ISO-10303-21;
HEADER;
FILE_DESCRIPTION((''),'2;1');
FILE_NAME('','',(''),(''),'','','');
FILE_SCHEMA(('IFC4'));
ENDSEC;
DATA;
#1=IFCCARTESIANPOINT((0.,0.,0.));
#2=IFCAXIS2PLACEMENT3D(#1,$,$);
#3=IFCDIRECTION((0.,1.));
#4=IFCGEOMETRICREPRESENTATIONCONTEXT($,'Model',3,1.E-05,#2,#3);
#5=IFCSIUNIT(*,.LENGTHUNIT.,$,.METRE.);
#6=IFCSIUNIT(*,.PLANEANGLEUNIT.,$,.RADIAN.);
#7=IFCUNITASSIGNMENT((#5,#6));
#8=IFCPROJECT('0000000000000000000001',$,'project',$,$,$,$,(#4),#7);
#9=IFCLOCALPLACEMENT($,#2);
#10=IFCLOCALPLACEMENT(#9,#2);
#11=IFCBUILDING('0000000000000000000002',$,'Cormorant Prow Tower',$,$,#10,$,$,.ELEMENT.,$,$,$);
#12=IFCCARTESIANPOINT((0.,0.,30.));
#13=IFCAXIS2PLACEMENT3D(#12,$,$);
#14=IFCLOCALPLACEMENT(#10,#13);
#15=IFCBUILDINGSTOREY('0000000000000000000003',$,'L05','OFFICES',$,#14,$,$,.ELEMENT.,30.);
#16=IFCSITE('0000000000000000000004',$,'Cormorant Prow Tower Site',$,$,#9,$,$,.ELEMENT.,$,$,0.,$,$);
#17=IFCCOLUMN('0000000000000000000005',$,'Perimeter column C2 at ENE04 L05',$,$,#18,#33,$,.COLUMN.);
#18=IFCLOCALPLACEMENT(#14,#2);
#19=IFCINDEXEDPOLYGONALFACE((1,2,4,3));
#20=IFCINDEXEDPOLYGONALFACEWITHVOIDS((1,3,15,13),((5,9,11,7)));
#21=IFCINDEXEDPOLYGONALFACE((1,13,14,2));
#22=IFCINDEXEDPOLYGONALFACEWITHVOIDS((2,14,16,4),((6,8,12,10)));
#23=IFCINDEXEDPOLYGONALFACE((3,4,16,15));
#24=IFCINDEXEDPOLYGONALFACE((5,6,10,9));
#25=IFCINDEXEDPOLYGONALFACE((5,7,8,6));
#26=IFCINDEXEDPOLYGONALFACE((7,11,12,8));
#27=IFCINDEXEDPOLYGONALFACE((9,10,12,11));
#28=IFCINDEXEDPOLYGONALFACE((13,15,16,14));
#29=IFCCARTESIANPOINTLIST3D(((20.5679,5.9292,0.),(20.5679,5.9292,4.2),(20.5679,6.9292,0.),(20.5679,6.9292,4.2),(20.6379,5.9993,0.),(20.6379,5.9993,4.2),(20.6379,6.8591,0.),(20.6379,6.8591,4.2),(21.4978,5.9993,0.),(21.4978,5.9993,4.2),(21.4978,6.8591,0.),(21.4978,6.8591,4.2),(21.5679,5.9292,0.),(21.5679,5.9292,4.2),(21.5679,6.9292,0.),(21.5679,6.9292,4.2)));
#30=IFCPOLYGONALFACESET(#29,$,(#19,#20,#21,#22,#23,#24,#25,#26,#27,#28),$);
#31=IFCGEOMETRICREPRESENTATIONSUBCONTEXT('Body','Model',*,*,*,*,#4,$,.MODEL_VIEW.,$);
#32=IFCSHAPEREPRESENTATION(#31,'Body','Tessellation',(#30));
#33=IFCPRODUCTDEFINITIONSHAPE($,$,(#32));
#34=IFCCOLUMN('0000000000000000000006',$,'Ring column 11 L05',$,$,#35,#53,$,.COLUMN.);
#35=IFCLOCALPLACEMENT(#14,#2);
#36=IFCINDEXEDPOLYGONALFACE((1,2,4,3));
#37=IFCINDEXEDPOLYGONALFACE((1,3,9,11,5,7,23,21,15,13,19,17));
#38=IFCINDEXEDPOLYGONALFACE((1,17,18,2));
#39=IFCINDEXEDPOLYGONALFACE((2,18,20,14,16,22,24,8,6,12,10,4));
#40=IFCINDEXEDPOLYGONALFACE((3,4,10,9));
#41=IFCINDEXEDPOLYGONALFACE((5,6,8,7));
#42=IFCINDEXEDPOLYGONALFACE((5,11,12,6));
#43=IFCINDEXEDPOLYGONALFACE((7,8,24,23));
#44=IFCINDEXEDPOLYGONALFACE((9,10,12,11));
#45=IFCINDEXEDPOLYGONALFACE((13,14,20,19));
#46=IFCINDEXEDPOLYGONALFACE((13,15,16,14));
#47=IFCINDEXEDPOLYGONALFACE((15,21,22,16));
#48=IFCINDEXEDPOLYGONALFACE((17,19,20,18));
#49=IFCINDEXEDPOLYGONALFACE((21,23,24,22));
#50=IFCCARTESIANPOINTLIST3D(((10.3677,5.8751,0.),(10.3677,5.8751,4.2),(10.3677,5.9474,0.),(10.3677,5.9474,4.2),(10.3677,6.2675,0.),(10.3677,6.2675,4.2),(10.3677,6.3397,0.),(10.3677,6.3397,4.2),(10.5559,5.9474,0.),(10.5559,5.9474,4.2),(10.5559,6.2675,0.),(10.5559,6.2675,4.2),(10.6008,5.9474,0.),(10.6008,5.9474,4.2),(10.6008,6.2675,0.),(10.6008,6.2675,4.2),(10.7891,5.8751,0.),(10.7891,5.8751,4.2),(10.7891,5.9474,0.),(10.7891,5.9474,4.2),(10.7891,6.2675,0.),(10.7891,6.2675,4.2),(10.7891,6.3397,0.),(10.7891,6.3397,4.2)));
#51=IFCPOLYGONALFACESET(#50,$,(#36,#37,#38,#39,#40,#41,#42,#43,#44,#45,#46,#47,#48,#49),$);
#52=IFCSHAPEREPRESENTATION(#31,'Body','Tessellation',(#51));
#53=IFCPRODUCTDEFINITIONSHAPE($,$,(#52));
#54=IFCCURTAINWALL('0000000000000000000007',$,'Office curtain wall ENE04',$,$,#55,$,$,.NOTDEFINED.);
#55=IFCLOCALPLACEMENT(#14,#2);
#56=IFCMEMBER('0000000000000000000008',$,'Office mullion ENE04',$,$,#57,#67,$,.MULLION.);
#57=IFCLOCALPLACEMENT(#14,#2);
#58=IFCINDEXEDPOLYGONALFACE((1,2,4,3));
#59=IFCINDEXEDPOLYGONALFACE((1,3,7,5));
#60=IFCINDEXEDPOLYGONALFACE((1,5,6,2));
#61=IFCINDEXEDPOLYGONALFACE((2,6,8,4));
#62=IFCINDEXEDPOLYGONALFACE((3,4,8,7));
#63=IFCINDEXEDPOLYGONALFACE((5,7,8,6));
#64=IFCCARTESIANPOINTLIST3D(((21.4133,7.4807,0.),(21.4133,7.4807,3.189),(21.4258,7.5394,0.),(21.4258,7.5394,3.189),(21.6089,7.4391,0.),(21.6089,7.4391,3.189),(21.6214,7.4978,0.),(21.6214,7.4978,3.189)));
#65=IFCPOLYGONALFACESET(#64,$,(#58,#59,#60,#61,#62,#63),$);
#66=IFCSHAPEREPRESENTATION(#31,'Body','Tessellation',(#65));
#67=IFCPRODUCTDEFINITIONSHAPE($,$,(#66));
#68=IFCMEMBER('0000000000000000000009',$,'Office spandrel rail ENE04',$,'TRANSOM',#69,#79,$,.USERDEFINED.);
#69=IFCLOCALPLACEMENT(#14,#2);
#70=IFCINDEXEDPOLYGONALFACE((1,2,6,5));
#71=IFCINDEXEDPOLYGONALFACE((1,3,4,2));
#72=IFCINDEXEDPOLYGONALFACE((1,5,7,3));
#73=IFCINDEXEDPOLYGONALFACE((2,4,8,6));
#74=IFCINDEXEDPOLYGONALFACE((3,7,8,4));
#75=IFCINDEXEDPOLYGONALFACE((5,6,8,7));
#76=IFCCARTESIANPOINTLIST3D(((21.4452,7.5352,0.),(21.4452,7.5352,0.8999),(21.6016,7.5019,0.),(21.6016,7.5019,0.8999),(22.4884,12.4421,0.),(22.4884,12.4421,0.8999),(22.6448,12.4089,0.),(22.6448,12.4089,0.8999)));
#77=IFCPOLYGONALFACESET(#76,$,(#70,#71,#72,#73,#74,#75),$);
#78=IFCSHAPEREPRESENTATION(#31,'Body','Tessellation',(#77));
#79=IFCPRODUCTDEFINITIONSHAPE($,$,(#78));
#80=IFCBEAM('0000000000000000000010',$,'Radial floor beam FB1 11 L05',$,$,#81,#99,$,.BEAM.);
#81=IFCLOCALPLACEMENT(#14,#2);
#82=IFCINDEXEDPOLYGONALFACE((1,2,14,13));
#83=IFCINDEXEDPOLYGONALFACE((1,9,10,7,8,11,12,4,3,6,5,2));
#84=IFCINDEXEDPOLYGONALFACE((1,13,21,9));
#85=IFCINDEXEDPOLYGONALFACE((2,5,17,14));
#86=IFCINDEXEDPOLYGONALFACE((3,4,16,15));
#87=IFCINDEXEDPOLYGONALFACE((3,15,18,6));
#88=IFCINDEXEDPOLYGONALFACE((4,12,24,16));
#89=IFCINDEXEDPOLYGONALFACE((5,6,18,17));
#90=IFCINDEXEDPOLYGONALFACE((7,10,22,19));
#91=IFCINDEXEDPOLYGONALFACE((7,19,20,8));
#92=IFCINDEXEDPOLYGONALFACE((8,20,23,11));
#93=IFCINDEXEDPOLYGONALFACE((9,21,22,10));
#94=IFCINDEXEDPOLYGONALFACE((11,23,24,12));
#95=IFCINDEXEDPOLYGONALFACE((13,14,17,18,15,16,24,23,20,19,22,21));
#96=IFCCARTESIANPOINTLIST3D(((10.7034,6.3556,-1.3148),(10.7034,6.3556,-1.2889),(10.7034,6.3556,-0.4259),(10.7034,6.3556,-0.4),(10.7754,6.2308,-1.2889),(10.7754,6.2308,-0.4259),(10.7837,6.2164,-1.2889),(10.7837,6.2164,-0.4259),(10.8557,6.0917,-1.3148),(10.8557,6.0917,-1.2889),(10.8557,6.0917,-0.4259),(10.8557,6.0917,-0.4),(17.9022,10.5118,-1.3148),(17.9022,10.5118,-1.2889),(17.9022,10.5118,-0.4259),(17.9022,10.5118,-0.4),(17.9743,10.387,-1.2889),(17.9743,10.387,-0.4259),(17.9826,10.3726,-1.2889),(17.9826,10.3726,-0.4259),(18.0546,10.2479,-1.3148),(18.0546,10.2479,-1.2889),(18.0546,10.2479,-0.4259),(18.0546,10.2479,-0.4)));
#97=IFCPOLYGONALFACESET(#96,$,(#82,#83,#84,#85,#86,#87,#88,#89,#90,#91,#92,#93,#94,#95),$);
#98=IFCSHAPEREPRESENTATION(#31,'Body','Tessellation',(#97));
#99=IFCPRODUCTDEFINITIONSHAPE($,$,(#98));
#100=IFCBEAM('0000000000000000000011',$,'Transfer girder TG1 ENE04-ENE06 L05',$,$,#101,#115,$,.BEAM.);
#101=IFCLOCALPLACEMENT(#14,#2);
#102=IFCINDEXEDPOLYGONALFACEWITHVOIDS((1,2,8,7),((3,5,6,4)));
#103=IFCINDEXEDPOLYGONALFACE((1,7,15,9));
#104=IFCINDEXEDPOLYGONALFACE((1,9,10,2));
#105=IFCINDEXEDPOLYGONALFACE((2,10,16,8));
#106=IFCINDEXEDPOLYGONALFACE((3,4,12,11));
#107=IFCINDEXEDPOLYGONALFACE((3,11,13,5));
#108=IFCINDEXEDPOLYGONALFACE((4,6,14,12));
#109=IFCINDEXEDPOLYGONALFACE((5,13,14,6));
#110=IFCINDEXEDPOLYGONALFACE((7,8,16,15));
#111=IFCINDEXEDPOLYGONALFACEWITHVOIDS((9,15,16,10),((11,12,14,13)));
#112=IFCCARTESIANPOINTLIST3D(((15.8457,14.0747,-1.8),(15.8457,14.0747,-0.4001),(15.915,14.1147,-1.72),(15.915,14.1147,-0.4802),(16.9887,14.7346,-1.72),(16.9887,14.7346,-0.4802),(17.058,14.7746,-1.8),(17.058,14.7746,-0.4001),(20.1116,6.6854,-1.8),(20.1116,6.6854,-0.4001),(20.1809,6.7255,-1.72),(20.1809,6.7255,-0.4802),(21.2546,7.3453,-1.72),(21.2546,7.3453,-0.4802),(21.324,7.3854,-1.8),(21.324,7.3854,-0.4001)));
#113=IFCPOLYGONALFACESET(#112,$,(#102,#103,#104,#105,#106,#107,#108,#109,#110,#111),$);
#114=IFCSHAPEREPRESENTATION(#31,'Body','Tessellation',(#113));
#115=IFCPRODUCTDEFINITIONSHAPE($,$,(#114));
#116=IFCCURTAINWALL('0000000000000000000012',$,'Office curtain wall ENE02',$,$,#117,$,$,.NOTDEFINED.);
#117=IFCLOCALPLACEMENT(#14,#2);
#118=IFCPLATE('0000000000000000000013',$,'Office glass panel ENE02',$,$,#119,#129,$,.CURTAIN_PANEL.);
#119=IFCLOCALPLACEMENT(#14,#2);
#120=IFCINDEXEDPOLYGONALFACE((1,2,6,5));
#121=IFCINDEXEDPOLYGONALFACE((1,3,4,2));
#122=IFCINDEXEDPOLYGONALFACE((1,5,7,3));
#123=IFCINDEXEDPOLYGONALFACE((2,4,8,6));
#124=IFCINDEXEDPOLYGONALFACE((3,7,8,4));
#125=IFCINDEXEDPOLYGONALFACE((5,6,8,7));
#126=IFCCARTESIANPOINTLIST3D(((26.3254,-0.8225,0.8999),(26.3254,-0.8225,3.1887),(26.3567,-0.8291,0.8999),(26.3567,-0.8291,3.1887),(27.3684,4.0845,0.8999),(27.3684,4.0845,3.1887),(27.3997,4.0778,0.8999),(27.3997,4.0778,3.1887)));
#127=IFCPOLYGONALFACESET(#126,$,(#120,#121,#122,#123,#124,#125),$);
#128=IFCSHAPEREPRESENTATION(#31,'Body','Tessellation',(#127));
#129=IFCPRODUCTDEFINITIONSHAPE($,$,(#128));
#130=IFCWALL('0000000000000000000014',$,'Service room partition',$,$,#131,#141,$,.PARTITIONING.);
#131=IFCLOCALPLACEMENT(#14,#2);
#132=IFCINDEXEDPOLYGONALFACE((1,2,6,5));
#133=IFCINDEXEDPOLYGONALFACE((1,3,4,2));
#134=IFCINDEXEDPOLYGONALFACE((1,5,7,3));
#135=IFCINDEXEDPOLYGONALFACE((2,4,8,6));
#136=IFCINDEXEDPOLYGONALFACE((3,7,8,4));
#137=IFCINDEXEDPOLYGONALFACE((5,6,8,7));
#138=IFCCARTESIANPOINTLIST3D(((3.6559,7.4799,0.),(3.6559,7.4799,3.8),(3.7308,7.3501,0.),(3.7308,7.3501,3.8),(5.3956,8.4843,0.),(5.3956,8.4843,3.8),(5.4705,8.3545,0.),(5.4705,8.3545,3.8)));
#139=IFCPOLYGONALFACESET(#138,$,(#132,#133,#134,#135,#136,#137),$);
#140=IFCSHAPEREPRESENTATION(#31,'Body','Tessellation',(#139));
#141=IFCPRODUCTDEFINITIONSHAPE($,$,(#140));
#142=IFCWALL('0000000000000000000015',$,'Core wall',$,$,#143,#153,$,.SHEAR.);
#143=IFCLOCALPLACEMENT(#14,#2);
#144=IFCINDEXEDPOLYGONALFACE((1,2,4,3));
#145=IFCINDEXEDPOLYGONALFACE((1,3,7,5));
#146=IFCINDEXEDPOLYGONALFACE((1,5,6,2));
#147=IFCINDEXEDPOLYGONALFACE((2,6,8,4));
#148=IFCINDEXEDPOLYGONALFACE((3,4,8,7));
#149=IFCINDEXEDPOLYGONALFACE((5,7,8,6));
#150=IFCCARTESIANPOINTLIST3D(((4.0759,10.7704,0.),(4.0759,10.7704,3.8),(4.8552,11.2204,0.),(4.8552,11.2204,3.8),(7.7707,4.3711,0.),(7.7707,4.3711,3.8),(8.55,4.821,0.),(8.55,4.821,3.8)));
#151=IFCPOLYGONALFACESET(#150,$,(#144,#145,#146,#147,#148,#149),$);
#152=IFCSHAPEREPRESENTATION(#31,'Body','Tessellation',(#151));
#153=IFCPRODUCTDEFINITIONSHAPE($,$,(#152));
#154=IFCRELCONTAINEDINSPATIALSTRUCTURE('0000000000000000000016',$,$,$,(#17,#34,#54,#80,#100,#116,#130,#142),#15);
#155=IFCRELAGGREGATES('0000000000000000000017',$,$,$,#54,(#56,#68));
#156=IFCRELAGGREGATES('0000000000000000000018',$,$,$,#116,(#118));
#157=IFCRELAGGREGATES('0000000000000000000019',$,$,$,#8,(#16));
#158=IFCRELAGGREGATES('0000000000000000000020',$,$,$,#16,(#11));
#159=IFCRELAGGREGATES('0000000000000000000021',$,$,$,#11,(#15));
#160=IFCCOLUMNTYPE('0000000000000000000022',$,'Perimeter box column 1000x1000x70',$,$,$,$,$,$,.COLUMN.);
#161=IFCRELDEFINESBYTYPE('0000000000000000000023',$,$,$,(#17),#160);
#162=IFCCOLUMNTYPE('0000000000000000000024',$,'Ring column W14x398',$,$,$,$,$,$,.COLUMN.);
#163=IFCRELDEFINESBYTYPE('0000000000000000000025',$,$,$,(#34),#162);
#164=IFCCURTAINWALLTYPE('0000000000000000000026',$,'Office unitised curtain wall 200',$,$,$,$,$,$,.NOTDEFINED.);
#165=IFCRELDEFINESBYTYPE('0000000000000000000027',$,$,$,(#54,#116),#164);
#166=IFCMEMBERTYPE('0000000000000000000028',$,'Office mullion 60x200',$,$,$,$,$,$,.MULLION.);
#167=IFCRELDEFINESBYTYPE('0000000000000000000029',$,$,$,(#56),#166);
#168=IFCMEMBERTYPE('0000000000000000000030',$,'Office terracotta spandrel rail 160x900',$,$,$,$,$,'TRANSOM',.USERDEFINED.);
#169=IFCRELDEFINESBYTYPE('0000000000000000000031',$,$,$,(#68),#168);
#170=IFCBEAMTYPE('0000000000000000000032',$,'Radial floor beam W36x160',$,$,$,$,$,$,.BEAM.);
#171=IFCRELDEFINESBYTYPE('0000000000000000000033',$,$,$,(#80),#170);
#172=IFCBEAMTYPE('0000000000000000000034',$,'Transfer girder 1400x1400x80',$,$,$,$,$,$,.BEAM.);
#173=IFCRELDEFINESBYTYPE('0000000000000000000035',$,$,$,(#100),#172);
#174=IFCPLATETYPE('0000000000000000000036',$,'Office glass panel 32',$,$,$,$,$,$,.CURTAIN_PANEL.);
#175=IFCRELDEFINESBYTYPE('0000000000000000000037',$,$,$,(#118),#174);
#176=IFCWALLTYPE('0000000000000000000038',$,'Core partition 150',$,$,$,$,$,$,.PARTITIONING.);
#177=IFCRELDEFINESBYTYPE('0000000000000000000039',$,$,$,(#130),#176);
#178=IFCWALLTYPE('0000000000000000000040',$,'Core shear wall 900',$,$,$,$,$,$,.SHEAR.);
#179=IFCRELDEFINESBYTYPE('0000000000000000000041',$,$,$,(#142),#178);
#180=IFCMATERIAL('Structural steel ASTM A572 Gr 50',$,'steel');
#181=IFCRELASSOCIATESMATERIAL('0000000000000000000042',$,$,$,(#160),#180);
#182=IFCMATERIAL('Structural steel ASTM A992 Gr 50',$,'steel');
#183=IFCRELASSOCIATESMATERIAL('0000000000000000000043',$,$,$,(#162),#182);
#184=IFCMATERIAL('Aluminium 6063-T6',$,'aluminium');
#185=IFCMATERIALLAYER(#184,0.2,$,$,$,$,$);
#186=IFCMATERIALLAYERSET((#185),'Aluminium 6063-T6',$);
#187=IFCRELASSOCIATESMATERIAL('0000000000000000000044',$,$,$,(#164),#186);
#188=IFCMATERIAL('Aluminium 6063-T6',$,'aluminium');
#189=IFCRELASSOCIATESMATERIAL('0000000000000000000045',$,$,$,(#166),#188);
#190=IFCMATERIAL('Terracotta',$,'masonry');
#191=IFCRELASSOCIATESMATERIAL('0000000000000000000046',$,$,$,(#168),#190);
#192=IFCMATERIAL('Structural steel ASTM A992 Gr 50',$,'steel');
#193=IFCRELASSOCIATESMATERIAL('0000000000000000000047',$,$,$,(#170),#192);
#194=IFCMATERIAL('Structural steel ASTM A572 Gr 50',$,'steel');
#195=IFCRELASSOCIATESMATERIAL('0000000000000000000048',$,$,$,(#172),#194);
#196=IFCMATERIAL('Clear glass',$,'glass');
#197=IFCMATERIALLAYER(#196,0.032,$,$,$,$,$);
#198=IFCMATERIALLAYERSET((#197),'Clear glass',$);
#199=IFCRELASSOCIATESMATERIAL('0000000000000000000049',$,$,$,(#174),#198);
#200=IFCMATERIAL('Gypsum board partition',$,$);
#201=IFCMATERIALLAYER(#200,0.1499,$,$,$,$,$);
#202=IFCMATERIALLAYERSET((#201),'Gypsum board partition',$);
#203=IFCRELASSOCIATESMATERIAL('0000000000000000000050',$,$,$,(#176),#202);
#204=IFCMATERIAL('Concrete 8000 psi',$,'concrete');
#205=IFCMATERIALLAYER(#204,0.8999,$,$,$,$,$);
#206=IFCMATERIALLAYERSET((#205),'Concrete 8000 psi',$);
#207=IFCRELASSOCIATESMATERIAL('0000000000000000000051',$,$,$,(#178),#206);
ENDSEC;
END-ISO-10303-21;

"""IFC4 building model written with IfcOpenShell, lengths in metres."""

from ifc_helpers import new_model, si_unit, direction, frame, frame_2d, origin, origin_2d, place, context, subcontext, project, spatial, rectangle, hollow_rectangle, i_section, extrude, material, layer, layer_set, material_profile, profile_set, type_object, element, aggregate, save


model = new_model("IFC4")

# Units and contexts
model_context = context("Model", 3, precision=1e-05, world=origin(), true_north=direction((0.0, 1.0)))
body_context = subcontext(model_context, "Body", "Model", "MODEL_VIEW")
ifc_project = project(units=[si_unit("LENGTHUNIT", "METRE"), si_unit("PLANEANGLEUNIT", "RADIAN")], contexts=[model_context])

# Site, building, storey
site_placement = place(None, origin())
site = spatial("IfcSite", under=ifc_project, at=site_placement, Name="Cormorant Prow Tower Site", CompositionType="ELEMENT", RefElevation=0.0)
building_placement = place(site_placement, origin())
building = spatial("IfcBuilding", under=site, at=building_placement, Name="Cormorant Prow Tower", CompositionType="ELEMENT")
storey_placement = place(building_placement, frame((0.0, 0.0, 30.0)))
storey = spatial("IfcBuildingStorey", under=building, at=storey_placement, Name="L05", Description="OFFICES", CompositionType="ELEMENT", Elevation=30.0)

# Columns
ifc_material_1 = material(Name="Structural steel ASTM A572 Gr 50", Category="steel")
ifc_material_profile_1 = material_profile(ifc_material_1, hollow_rectangle(XDim=1.0, YDim=1.0, WallThickness=0.0701, at=origin_2d()), Name="Box 1000x1000x70")
ifc_profile_set_1 = profile_set([ifc_material_profile_1], Name="Structural steel ASTM A572 Gr 50")
column_type_1 = type_object("IfcColumnType", Name="Perimeter box column 1000x1000x70", PredefinedType="COLUMN", material=ifc_profile_set_1)
column_1_placement = place(storey_placement, frame((21.0679, 6.4292, 0.0), z_axis=(0.0, 0.0, 1.0), x_axis=(1.0, 0.0, 0.0)))
element("IfcColumn", 1, at=column_1_placement, inside=storey, type_object=column_type_1, Name="Perimeter column C2 at ENE04 L05", PredefinedType="COLUMN", context=body_context, shape_type="SweptSolid", body=[
    extrude(hollow_rectangle(XDim=1.0, YDim=1.0, WallThickness=0.0701, at=origin_2d()), origin(), (0.0, 0.0, 1.0), 4.2),
])
ifc_material_2 = material(Name="Structural steel ASTM A992 Gr 50", Category="steel")
ifc_material_profile_2 = material_profile(ifc_material_2, i_section(OverallWidth=0.4214, OverallDepth=0.4646, WebThickness=0.0449, FlangeThickness=0.0723, at=origin_2d()), Name="W14x398")
ifc_profile_set_2 = profile_set([ifc_material_profile_2], Name="Structural steel ASTM A992 Gr 50")
column_type_2 = type_object("IfcColumnType", Name="Ring column W14x398", PredefinedType="COLUMN", material=ifc_profile_set_2)
column_2_placement = place(storey_placement, frame((10.5784, 6.1074, 0.0), z_axis=(0.0, 0.0, 1.0), x_axis=(1.0, 0.0, 0.0)))
element("IfcColumn", 2, at=column_2_placement, inside=storey, type_object=column_type_2, Name="Ring column 11 L05", PredefinedType="COLUMN", context=body_context, shape_type="SweptSolid", body=[
    extrude(i_section(OverallWidth=0.4214, OverallDepth=0.4646, WebThickness=0.0449, FlangeThickness=0.0723, at=origin_2d()), origin(), (0.0, 0.0, 1.0), 4.2),
])

# Curtain wall, members
ifc_material_3 = material(Name="Aluminium 6063-T6", Category="aluminium")
ifc_layer_1 = layer(ifc_material_3, 0.2)
ifc_layer_set_1 = layer_set([ifc_layer_1], Name="Aluminium 6063-T6")
curtain_wall_type = type_object("IfcCurtainWallType", Name="Office unitised curtain wall 200", PredefinedType="NOTDEFINED", material=ifc_layer_set_1)
curtain_wall_1_placement = place(storey_placement, origin())
curtain_wall_1 = element("IfcCurtainWall", 3, at=curtain_wall_1_placement, inside=storey, type_object=curtain_wall_type, Name="Office curtain wall ENE04", PredefinedType="NOTDEFINED")
ifc_material_4 = material(Name="Aluminium 6063-T6", Category="aluminium")
ifc_material_profile_3 = material_profile(ifc_material_4, rectangle(XDim=0.2, YDim=0.0601, at=origin_2d()), Name="Office mullion 60x200")
ifc_profile_set_3 = profile_set([ifc_material_profile_3], Name="Aluminium 6063-T6")
member_type_1 = type_object("IfcMemberType", Name="Office mullion 60x200", PredefinedType="MULLION", material=ifc_profile_set_3)
member_1_placement = place(storey_placement, frame((21.5173, 7.4893, 0.0), z_axis=(0.0, 0.0, 1.0), x_axis=(-0.978148, 0.207912, 0.0)))
member_1 = element("IfcMember", 4, at=member_1_placement, type_object=member_type_1, Name="Office mullion ENE04", PredefinedType="MULLION", context=body_context, shape_type="SweptSolid", body=[
    extrude(rectangle(XDim=0.2, YDim=0.0601, at=origin_2d()), origin(), (0.0, 0.0, 1.0), 3.189),
])
ifc_material_5 = material(Name="Terracotta", Category="masonry")
ifc_material_profile_4 = material_profile(ifc_material_5, rectangle(XDim=0.1599, YDim=0.8999, at=origin_2d()), Name="Office terracotta spandrel rail 160x900")
ifc_profile_set_4 = profile_set([ifc_material_profile_4], Name="Terracotta")
member_type_2 = type_object("IfcMemberType", Name="Office terracotta spandrel rail 160x900", ElementType="TRANSOM", PredefinedType="USERDEFINED", material=ifc_profile_set_4)
member_2_placement = place(storey_placement, frame((21.5234, 7.5186, 0.45), z_axis=(0.20795, 0.978139, 0.0), x_axis=(-0.978139, 0.20795, 0.0)))
member_2 = element("IfcMember", 5, at=member_2_placement, type_object=member_type_2, Name="Office spandrel rail ENE04", ObjectType="TRANSOM", PredefinedType="USERDEFINED", context=body_context, shape_type="SweptSolid", body=[
    extrude(rectangle(XDim=0.1599, YDim=0.8999, at=origin_2d()), origin(), (0.0, 0.0, 1.0), 5.0166),
])
aggregate(curtain_wall_1, [member_1, member_2])

# Beams
ifc_material_6 = material(Name="Structural steel ASTM A992 Gr 50", Category="steel")
ifc_material_profile_5 = material_profile(ifc_material_6, i_section(OverallWidth=0.3047, OverallDepth=0.9148, WebThickness=0.0166, FlangeThickness=0.0259, at=origin_2d()), Name="W36x160")
ifc_profile_set_5 = profile_set([ifc_material_profile_5], Name="Structural steel ASTM A992 Gr 50")
beam_type_1 = type_object("IfcBeamType", Name="Radial floor beam W36x160", PredefinedType="BEAM", material=ifc_profile_set_5)
beam_1_placement = place(storey_placement, frame((10.7795, 6.2236, -0.8574), z_axis=(0.86603, 0.499993, 0.0), x_axis=(-0.499993, 0.86603, 0.0)))
element("IfcBeam", 6, at=beam_1_placement, inside=storey, type_object=beam_type_1, Name="Radial floor beam FB1 11 L05", PredefinedType="BEAM", context=body_context, shape_type="SweptSolid", body=[
    extrude(i_section(OverallWidth=0.3047, OverallDepth=0.9148, WebThickness=0.0166, FlangeThickness=0.0259, at=origin_2d()), origin(), (0.0, 0.0, 1.0), 8.3125),
])
ifc_material_7 = material(Name="Structural steel ASTM A572 Gr 50", Category="steel")
ifc_material_profile_6 = material_profile(ifc_material_7, hollow_rectangle(XDim=1.3999, YDim=1.3999, WallThickness=0.0801, at=origin_2d()), Name="Box 1400x1400x80")
ifc_profile_set_6 = profile_set([ifc_material_profile_6], Name="Structural steel ASTM A572 Gr 50")
beam_type_2 = type_object("IfcBeamType", Name="Transfer girder 1400x1400x80", PredefinedType="BEAM", material=ifc_profile_set_6)
beam_2_placement = place(storey_placement, frame((20.7178, 7.0354, -1.1001), z_axis=(-0.499977, 0.866039, 0.0), x_axis=(-0.866039, -0.499977, 0.0)))
element("IfcBeam", 7, at=beam_2_placement, inside=storey, type_object=beam_type_2, Name="Transfer girder TG1 ENE04-ENE06 L05", PredefinedType="BEAM", context=body_context, shape_type="SweptSolid", body=[
    extrude(hollow_rectangle(XDim=1.3999, YDim=1.3999, WallThickness=0.0801, at=origin_2d()), origin(), (0.0, 0.0, 1.0), 8.5322),
])

# Curtain wall, plate
curtain_wall_2_placement = place(storey_placement, origin())
curtain_wall_2 = element("IfcCurtainWall", 8, at=curtain_wall_2_placement, inside=storey, type_object=curtain_wall_type, Name="Office curtain wall ENE02", PredefinedType="NOTDEFINED")
ifc_material_8 = material(Name="Clear glass", Category="glass")
ifc_layer_2 = layer(ifc_material_8, 0.032)
ifc_layer_set_2 = layer_set([ifc_layer_2], Name="Clear glass")
plate_type = type_object("IfcPlateType", Name="Office glass panel 32", PredefinedType="CURTAIN_PANEL", material=ifc_layer_set_2)
plate_placement = place(storey_placement, frame((26.8625, 1.6277, 0.8999), z_axis=(0.0, 0.0, 1.0), x_axis=(0.207912, 0.978148, 0.0)))
plate = element("IfcPlate", 9, at=plate_placement, type_object=plate_type, Name="Office glass panel ENE02", PredefinedType="CURTAIN_PANEL", context=body_context, shape_type="SweptSolid", body=[
    extrude(rectangle(XDim=5.0166, YDim=0.032, at=origin_2d()), origin(), (0.0, 0.0, 1.0), 2.2888),
])
aggregate(curtain_wall_2, [plate])

# Walls
ifc_material_9 = material(Name="Gypsum board partition")
ifc_layer_3 = layer(ifc_material_9, 0.1499)
ifc_layer_set_3 = layer_set([ifc_layer_3], Name="Gypsum board partition")
wall_type_1 = type_object("IfcWallType", Name="Core partition 150", PredefinedType="PARTITIONING", material=ifc_layer_set_3)
wall_1_placement = place(storey_placement, frame((3.6934, 7.415, 0.0), z_axis=(0.0, 0.0, 1.0), x_axis=(0.866036, 0.499982, 0.0)))
element("IfcWall", 10, at=wall_1_placement, inside=storey, type_object=wall_type_1, Name="Service room partition", PredefinedType="PARTITIONING", context=body_context, shape_type="SweptSolid", body=[
    extrude(rectangle(XDim=2.0088, YDim=0.1499, at=frame_2d((1.0044, 0.0))), origin(), (0.0, 0.0, 1.0), 3.8),
])
ifc_material_10 = material(Name="Concrete 8000 psi", Category="concrete")
ifc_layer_4 = layer(ifc_material_10, 0.8999)
ifc_layer_set_4 = layer_set([ifc_layer_4], Name="Concrete 8000 psi")
wall_type_2 = type_object("IfcWallType", Name="Core shear wall 900", PredefinedType="SHEAR", material=ifc_layer_set_4)
wall_2_placement = place(storey_placement, frame((8.1604, 4.5959, 0.0), z_axis=(0.0, 0.0, 1.0), x_axis=(-0.500012, 0.866018, 0.0)))
element("IfcWall", 11, at=wall_2_placement, inside=storey, type_object=wall_type_2, Name="Core wall", PredefinedType="SHEAR", context=body_context, shape_type="SweptSolid", body=[
    extrude(rectangle(XDim=7.3894, YDim=0.8999, at=frame_2d((3.6948, 0.0))), origin(), (0.0, 0.0, 1.0), 3.8),
])

save(model, "model.ifc")
